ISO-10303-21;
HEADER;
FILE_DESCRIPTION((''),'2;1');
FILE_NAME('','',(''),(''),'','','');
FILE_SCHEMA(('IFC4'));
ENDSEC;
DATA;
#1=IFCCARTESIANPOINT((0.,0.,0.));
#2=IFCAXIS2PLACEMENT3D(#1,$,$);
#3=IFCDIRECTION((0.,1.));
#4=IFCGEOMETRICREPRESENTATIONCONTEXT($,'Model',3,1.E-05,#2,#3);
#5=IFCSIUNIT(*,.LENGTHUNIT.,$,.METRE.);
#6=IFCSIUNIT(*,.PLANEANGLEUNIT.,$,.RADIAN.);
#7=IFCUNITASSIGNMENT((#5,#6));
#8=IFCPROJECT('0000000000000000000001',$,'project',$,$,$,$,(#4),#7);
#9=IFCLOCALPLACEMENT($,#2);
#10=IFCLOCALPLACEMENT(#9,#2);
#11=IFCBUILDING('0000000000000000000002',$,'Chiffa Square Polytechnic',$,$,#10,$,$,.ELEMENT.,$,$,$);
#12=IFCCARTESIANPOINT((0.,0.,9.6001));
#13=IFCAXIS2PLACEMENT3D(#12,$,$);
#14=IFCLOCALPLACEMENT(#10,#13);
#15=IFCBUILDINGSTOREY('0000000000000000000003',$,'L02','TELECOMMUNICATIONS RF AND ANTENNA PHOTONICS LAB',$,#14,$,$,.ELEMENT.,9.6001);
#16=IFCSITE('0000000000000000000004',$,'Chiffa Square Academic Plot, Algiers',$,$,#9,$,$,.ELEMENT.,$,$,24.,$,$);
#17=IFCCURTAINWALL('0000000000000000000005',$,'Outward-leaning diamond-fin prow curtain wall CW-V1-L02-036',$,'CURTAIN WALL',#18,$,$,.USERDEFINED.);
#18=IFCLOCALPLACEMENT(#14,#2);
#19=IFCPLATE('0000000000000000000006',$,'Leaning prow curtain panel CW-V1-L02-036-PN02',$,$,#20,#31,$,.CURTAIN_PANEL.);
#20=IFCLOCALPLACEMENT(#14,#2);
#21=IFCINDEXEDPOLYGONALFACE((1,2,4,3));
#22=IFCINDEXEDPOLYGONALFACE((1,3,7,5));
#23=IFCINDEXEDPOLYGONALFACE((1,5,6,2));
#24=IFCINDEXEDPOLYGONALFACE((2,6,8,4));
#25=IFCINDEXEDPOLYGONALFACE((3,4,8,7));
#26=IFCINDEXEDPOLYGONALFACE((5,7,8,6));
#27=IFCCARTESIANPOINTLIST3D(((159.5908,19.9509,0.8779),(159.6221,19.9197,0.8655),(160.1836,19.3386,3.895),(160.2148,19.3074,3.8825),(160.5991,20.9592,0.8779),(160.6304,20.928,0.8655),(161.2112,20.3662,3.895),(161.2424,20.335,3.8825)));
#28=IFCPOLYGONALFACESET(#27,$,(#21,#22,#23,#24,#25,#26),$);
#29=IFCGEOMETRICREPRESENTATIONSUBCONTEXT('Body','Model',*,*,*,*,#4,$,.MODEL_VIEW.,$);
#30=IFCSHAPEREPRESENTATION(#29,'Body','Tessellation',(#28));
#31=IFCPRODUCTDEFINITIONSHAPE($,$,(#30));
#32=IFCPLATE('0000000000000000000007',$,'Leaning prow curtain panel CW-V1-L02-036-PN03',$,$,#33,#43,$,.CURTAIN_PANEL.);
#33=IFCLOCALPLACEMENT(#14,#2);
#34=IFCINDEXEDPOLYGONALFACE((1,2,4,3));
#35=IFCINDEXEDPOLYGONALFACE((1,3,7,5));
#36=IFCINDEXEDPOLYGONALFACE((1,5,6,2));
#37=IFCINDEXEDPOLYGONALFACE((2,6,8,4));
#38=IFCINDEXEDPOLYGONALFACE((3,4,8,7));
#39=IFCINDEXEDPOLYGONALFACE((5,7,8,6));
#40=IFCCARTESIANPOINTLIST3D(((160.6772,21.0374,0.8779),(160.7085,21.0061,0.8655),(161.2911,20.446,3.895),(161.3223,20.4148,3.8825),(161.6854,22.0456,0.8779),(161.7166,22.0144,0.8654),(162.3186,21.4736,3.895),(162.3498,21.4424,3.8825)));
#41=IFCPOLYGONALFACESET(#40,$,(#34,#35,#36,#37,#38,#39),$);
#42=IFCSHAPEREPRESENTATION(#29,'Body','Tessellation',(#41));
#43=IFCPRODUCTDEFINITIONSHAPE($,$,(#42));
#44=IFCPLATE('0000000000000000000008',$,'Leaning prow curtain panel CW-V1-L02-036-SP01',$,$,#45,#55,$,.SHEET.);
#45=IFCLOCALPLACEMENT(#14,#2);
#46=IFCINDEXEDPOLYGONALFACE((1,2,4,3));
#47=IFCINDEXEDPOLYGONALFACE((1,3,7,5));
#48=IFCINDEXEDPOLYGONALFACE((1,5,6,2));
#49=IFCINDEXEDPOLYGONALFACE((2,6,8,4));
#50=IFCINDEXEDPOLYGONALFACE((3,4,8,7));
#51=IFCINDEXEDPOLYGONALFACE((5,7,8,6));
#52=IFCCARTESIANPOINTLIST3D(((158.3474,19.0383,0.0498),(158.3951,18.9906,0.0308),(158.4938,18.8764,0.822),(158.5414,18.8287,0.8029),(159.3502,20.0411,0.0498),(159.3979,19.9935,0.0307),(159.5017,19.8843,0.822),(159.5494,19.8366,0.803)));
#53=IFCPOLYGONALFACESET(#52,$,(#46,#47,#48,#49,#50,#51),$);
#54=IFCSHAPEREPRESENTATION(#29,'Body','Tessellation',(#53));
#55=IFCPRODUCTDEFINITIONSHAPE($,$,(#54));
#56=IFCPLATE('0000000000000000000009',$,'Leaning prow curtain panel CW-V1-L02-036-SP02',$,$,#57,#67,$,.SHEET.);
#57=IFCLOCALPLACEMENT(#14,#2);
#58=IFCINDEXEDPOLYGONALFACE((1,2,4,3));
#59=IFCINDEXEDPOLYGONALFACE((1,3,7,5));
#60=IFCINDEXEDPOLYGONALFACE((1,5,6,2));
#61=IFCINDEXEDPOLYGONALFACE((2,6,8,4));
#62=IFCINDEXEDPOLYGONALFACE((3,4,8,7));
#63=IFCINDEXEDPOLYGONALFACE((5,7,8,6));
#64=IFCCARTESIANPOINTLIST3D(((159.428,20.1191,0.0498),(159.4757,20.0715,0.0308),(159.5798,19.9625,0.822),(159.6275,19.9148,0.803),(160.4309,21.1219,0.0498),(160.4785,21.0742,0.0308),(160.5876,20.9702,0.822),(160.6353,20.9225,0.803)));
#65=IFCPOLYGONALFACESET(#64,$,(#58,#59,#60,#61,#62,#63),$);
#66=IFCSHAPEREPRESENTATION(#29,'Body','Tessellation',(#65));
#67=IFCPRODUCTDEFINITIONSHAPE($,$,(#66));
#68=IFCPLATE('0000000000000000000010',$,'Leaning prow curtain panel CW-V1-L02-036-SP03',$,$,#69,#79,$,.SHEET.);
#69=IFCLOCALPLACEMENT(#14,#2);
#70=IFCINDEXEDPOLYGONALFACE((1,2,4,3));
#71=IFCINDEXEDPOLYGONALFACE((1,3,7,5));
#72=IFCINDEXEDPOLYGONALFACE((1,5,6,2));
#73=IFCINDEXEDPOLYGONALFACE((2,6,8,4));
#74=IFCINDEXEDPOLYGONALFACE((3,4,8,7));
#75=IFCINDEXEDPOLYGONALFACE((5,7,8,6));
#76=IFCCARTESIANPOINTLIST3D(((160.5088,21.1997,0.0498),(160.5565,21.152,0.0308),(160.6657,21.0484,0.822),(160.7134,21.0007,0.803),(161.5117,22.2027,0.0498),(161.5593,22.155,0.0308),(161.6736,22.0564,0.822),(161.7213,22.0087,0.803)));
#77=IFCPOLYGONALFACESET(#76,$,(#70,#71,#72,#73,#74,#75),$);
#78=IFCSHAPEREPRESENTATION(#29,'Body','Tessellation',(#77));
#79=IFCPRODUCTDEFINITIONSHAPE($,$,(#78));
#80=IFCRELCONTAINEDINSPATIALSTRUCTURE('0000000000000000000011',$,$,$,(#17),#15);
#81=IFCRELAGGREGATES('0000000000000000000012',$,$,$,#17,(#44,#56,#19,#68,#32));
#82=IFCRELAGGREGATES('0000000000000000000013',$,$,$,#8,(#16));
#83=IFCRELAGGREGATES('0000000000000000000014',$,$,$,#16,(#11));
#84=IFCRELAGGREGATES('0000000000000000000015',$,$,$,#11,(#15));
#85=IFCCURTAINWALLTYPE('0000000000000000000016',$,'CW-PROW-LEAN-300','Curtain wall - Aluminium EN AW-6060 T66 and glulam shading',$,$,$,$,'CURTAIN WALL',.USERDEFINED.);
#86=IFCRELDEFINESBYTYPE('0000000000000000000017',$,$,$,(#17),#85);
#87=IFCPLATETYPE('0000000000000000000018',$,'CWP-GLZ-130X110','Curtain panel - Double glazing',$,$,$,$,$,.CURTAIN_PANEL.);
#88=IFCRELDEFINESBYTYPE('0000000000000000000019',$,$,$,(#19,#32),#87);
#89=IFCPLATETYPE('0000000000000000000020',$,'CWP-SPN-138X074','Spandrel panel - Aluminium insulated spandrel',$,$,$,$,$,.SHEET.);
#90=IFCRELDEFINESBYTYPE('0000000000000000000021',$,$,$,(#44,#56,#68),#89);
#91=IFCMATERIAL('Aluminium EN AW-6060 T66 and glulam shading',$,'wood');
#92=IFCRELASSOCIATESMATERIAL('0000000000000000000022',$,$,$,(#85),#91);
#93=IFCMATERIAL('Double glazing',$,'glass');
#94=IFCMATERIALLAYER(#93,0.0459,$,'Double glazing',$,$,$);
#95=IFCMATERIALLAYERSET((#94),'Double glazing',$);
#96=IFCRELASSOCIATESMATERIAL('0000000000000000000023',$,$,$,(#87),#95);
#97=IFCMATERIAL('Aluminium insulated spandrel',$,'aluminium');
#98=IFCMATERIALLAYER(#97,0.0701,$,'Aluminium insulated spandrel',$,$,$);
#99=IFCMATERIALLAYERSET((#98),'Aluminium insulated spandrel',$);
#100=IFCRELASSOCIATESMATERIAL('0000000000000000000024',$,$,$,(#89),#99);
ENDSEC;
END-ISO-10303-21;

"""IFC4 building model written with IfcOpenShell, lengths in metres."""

from ifc_helpers import new_model, si_unit, direction, frame, origin, place, context, subcontext, project, spatial, polyline, outline, extrude, material, layer, layer_set, type_object, element, aggregate, save


model = new_model("IFC4")

# Units and contexts
model_context = context("Model", 3, precision=1e-05, world=origin(), true_north=direction((0.0, 1.0)))
body_context = subcontext(model_context, "Body", "Model", "MODEL_VIEW")
ifc_project = project(units=[si_unit("LENGTHUNIT", "METRE"), si_unit("PLANEANGLEUNIT", "RADIAN")], contexts=[model_context])

# Site, building, storey
site_placement = place(None, origin())
site = spatial("IfcSite", under=ifc_project, at=site_placement, Name="Chiffa Square Academic Plot, Algiers", CompositionType="ELEMENT", RefElevation=24.0)
building_placement = place(site_placement, origin())
building = spatial("IfcBuilding", under=site, at=building_placement, Name="Chiffa Square Polytechnic", CompositionType="ELEMENT")
storey_placement = place(building_placement, frame((0.0, 0.0, 9.6001)))
storey = spatial("IfcBuildingStorey", under=building, at=storey_placement, Name="L02", Description="TELECOMMUNICATIONS RF AND ANTENNA PHOTONICS LAB", CompositionType="ELEMENT", Elevation=9.6001)

# Curtain wall
ifc_material_1 = material(Name="Aluminium EN AW-6060 T66 and glulam shading", Category="wood")
curtain_wall_type_1 = type_object("IfcCurtainWallType", Name="CW-PROW-LEAN-300", Description="Curtain wall - Aluminium EN AW-6060 T66 and glulam shading", ElementType="CURTAIN WALL", PredefinedType="USERDEFINED", material=ifc_material_1)
curtain_wall_1_placement = place(storey_placement, origin())
curtain_wall_1 = element("IfcCurtainWall", 1, at=curtain_wall_1_placement, inside=storey, type_object=curtain_wall_type_1, Name="Outward-leaning diamond-fin prow curtain wall CW-V1-L02-036", ObjectType="CURTAIN WALL", PredefinedType="USERDEFINED")

# Plates
ifc_material_2 = material(Name="Double glazing", Category="glass")
ifc_layer_1 = layer(ifc_material_2, 0.0459, Name="Double glazing")
ifc_layer_set_1 = layer_set([ifc_layer_1], Name="Double glazing")
plate_type_1 = type_object("IfcPlateType", Name="CWP-GLZ-130X110", Description="Curtain panel - Double glazing", PredefinedType="CURTAIN_PANEL", material=ifc_layer_set_1)
plate_1_placement = place(storey_placement, frame((159.5908, 19.9509, 0.8779), z_axis=(-0.680487, 0.680487, 0.271798), x_axis=(0.707107, 0.707107, 0.0)))
plate_1 = element("IfcPlate", 2, at=plate_1_placement, type_object=plate_type_1, Name="Leaning prow curtain panel CW-V1-L02-036-PN02", PredefinedType="CURTAIN_PANEL", context=body_context, shape_type="SweptSolid", body=[
    extrude(outline(polyline([(0.0, 0.0), (1.426, 0.0), (1.4394, -3.1351), (-0.0138, -3.1351), (0.0, 0.0)])), origin(), (0.0, 0.0, -1.0), 0.0459),
])
plate_2_placement = place(storey_placement, frame((160.6772, 21.0374, 0.8779), z_axis=(-0.680523, 0.680441, 0.271824), x_axis=(0.707061, 0.707152, -0.000016)))
plate_2 = element("IfcPlate", 3, at=plate_2_placement, type_object=plate_type_1, Name="Leaning prow curtain panel CW-V1-L02-036-PN03", PredefinedType="CURTAIN_PANEL", context=body_context, shape_type="SweptSolid", body=[
    extrude(outline(polyline([(0.0, 0.0), (1.4258, 0.0), (1.469, -3.1352), (0.0158, -3.1351), (0.0, 0.0)])), origin(), (0.0, 0.0, -1.0), 0.0459),
])
ifc_material_3 = material(Name="Aluminium insulated spandrel", Category="aluminium")
ifc_layer_2 = layer(ifc_material_3, 0.0701, Name="Aluminium insulated spandrel")
ifc_layer_set_2 = layer_set([ifc_layer_2], Name="Aluminium insulated spandrel")
plate_type_2 = type_object("IfcPlateType", Name="CWP-SPN-138X074", Description="Spandrel panel - Aluminium insulated spandrel", PredefinedType="SHEET", material=ifc_layer_set_2)
plate_3_placement = place(storey_placement, frame((158.3474, 19.0383, 0.0498), z_axis=(-0.680501, 0.680501, 0.271727), x_axis=(0.7071, 0.707113, -0.000032)))
plate_3 = element("IfcPlate", 4, at=plate_3_placement, type_object=plate_type_2, Name="Leaning prow curtain panel CW-V1-L02-036-SP01", PredefinedType="SHEET", context=body_context, shape_type="SweptSolid", body=[
    extrude(outline(polyline([(0.0, 0.0), (1.4182, 0.0), (1.4144, -0.8025), (-0.0111, -0.8024), (0.0, 0.0)])), origin(), (0.0, 0.0, -1.0), 0.0701),
])
plate_4_placement = place(storey_placement, frame((159.428, 20.1191, 0.0498), z_axis=(-0.68044, 0.680523, 0.271827), x_axis=(0.707153, 0.707061, 0.000016)))
plate_4 = element("IfcPlate", 5, at=plate_4_placement, type_object=plate_type_2, Name="Leaning prow curtain panel CW-V1-L02-036-SP02", PredefinedType="SHEET", context=body_context, shape_type="SweptSolid", body=[
    extrude(outline(polyline([(0.0, 0.0), (1.4182, 0.0), (1.4218, -0.8024), (-0.0034, -0.8025), (0.0, 0.0)])), origin(), (0.0, 0.0, -1.0), 0.0701),
])
plate_5_placement = place(storey_placement, frame((160.5088, 21.1997, 0.0498), z_axis=(-0.680562, 0.68048, 0.271628), x_axis=(0.707067, 0.707147, 0.000016)))
plate_5 = element("IfcPlate", 6, at=plate_5_placement, type_object=plate_type_2, Name="Leaning prow curtain panel CW-V1-L02-036-SP03", PredefinedType="SHEET", context=body_context, shape_type="SweptSolid", body=[
    extrude(outline(polyline([(0.0, 0.0), (1.4184, 0.0), (1.4294, -0.8024), (0.004, -0.8024), (0.0, 0.0)])), origin(), (0.0, 0.0, -1.0), 0.0701),
])
aggregate(curtain_wall_1, [plate_3, plate_4, plate_1, plate_5, plate_2])

save(model, "model.ifc")
